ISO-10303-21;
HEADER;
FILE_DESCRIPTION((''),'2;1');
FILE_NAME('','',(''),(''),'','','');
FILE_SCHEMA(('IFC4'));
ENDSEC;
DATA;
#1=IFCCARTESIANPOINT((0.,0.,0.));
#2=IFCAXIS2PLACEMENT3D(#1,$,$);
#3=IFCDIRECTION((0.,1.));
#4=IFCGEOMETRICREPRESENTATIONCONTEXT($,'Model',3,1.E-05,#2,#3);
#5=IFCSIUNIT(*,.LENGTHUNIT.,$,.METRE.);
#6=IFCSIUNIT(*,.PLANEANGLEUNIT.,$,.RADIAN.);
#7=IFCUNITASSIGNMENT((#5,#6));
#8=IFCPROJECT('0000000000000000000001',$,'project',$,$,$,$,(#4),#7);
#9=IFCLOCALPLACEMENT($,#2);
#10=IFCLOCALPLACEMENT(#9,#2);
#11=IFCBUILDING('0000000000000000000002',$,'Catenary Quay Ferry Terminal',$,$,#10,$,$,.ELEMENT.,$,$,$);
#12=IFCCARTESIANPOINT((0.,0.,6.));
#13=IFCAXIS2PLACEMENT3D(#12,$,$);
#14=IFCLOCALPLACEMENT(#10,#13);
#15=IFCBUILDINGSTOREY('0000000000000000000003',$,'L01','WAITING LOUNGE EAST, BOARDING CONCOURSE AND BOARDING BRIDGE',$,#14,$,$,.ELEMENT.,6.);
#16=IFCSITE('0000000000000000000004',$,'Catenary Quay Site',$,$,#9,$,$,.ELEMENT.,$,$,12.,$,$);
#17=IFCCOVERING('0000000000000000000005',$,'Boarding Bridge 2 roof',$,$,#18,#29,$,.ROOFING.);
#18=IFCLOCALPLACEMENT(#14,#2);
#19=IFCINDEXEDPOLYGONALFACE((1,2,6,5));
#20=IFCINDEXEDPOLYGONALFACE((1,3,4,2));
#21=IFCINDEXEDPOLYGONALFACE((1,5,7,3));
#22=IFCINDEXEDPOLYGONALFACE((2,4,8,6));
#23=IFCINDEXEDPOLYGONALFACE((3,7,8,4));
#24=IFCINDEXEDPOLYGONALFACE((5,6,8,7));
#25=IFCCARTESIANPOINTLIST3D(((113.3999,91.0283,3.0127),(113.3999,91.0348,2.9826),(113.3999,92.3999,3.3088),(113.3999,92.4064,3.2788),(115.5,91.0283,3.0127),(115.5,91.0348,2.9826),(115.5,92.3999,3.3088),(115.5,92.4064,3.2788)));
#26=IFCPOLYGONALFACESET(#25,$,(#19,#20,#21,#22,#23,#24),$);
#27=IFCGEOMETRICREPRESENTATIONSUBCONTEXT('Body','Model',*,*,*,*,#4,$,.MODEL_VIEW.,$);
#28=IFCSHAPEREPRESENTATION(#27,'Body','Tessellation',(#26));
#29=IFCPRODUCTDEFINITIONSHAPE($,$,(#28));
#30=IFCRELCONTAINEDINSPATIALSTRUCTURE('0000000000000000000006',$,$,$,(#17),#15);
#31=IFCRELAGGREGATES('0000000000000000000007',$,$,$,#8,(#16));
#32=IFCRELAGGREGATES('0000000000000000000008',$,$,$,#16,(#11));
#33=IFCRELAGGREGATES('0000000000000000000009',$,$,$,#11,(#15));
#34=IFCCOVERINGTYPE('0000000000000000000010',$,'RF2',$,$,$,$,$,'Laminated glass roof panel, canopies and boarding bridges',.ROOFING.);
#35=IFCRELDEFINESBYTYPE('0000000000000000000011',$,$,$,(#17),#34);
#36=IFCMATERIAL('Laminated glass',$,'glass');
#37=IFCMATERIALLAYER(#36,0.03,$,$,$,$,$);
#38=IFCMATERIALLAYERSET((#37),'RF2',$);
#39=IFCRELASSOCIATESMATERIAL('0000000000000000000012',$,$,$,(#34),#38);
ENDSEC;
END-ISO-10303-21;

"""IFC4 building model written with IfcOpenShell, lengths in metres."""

from ifc_helpers import new_model, si_unit, direction, frame, origin, place, context, subcontext, project, spatial, polyline, outline, extrude, material, layer, layer_set, type_object, element, save


model = new_model("IFC4")

# Units and contexts
model_context = context("Model", 3, precision=1e-05, world=origin(), true_north=direction((0.0, 1.0)))
body_context = subcontext(model_context, "Body", "Model", "MODEL_VIEW")
ifc_project = project(units=[si_unit("LENGTHUNIT", "METRE"), si_unit("PLANEANGLEUNIT", "RADIAN")], contexts=[model_context])

# Site, building, storey
site_placement = place(None, origin())
site = spatial("IfcSite", under=ifc_project, at=site_placement, Name="Catenary Quay Site", CompositionType="ELEMENT", RefElevation=12.0)
building_placement = place(site_placement, origin())
building = spatial("IfcBuilding", under=site, at=building_placement, Name="Catenary Quay Ferry Terminal", CompositionType="ELEMENT")
storey_placement = place(building_placement, frame((0.0, 0.0, 6.0)))
storey = spatial("IfcBuildingStorey", under=building, at=storey_placement, Name="L01", Description="WAITING LOUNGE EAST, BOARDING CONCOURSE AND BOARDING BRIDGE", CompositionType="ELEMENT", Elevation=6.0)

# Covering
ifc_material_1 = material(Name="Laminated glass", Category="glass")
ifc_layer_1 = layer(ifc_material_1, 0.03)
ifc_layer_set_1 = layer_set([ifc_layer_1], Name="RF2")
covering_type = type_object("IfcCoveringType", Name="RF2", ElementType="Laminated glass roof panel, canopies and boarding bridges", PredefinedType="ROOFING", material=ifc_layer_set_1)
covering_1_placement = place(storey_placement, frame((113.3999, 91.0283, 3.0127), z_axis=(0.0, -0.21105, 0.977475), x_axis=(1.0, 0.0, 0.0)))
element("IfcCovering", 1, at=covering_1_placement, inside=storey, type_object=covering_type, Name="Boarding Bridge 2 roof", PredefinedType="ROOFING", context=body_context, shape_type="SweptSolid", body=[
    extrude(outline(polyline([(0.0, 0.0), (2.1001, 0.0), (2.1001, 1.4032), (0.0, 1.4032), (0.0, 0.0)])), origin(), (0.0, 0.0, -1.0), 0.0308),
])

save(model, "model.ifc")
